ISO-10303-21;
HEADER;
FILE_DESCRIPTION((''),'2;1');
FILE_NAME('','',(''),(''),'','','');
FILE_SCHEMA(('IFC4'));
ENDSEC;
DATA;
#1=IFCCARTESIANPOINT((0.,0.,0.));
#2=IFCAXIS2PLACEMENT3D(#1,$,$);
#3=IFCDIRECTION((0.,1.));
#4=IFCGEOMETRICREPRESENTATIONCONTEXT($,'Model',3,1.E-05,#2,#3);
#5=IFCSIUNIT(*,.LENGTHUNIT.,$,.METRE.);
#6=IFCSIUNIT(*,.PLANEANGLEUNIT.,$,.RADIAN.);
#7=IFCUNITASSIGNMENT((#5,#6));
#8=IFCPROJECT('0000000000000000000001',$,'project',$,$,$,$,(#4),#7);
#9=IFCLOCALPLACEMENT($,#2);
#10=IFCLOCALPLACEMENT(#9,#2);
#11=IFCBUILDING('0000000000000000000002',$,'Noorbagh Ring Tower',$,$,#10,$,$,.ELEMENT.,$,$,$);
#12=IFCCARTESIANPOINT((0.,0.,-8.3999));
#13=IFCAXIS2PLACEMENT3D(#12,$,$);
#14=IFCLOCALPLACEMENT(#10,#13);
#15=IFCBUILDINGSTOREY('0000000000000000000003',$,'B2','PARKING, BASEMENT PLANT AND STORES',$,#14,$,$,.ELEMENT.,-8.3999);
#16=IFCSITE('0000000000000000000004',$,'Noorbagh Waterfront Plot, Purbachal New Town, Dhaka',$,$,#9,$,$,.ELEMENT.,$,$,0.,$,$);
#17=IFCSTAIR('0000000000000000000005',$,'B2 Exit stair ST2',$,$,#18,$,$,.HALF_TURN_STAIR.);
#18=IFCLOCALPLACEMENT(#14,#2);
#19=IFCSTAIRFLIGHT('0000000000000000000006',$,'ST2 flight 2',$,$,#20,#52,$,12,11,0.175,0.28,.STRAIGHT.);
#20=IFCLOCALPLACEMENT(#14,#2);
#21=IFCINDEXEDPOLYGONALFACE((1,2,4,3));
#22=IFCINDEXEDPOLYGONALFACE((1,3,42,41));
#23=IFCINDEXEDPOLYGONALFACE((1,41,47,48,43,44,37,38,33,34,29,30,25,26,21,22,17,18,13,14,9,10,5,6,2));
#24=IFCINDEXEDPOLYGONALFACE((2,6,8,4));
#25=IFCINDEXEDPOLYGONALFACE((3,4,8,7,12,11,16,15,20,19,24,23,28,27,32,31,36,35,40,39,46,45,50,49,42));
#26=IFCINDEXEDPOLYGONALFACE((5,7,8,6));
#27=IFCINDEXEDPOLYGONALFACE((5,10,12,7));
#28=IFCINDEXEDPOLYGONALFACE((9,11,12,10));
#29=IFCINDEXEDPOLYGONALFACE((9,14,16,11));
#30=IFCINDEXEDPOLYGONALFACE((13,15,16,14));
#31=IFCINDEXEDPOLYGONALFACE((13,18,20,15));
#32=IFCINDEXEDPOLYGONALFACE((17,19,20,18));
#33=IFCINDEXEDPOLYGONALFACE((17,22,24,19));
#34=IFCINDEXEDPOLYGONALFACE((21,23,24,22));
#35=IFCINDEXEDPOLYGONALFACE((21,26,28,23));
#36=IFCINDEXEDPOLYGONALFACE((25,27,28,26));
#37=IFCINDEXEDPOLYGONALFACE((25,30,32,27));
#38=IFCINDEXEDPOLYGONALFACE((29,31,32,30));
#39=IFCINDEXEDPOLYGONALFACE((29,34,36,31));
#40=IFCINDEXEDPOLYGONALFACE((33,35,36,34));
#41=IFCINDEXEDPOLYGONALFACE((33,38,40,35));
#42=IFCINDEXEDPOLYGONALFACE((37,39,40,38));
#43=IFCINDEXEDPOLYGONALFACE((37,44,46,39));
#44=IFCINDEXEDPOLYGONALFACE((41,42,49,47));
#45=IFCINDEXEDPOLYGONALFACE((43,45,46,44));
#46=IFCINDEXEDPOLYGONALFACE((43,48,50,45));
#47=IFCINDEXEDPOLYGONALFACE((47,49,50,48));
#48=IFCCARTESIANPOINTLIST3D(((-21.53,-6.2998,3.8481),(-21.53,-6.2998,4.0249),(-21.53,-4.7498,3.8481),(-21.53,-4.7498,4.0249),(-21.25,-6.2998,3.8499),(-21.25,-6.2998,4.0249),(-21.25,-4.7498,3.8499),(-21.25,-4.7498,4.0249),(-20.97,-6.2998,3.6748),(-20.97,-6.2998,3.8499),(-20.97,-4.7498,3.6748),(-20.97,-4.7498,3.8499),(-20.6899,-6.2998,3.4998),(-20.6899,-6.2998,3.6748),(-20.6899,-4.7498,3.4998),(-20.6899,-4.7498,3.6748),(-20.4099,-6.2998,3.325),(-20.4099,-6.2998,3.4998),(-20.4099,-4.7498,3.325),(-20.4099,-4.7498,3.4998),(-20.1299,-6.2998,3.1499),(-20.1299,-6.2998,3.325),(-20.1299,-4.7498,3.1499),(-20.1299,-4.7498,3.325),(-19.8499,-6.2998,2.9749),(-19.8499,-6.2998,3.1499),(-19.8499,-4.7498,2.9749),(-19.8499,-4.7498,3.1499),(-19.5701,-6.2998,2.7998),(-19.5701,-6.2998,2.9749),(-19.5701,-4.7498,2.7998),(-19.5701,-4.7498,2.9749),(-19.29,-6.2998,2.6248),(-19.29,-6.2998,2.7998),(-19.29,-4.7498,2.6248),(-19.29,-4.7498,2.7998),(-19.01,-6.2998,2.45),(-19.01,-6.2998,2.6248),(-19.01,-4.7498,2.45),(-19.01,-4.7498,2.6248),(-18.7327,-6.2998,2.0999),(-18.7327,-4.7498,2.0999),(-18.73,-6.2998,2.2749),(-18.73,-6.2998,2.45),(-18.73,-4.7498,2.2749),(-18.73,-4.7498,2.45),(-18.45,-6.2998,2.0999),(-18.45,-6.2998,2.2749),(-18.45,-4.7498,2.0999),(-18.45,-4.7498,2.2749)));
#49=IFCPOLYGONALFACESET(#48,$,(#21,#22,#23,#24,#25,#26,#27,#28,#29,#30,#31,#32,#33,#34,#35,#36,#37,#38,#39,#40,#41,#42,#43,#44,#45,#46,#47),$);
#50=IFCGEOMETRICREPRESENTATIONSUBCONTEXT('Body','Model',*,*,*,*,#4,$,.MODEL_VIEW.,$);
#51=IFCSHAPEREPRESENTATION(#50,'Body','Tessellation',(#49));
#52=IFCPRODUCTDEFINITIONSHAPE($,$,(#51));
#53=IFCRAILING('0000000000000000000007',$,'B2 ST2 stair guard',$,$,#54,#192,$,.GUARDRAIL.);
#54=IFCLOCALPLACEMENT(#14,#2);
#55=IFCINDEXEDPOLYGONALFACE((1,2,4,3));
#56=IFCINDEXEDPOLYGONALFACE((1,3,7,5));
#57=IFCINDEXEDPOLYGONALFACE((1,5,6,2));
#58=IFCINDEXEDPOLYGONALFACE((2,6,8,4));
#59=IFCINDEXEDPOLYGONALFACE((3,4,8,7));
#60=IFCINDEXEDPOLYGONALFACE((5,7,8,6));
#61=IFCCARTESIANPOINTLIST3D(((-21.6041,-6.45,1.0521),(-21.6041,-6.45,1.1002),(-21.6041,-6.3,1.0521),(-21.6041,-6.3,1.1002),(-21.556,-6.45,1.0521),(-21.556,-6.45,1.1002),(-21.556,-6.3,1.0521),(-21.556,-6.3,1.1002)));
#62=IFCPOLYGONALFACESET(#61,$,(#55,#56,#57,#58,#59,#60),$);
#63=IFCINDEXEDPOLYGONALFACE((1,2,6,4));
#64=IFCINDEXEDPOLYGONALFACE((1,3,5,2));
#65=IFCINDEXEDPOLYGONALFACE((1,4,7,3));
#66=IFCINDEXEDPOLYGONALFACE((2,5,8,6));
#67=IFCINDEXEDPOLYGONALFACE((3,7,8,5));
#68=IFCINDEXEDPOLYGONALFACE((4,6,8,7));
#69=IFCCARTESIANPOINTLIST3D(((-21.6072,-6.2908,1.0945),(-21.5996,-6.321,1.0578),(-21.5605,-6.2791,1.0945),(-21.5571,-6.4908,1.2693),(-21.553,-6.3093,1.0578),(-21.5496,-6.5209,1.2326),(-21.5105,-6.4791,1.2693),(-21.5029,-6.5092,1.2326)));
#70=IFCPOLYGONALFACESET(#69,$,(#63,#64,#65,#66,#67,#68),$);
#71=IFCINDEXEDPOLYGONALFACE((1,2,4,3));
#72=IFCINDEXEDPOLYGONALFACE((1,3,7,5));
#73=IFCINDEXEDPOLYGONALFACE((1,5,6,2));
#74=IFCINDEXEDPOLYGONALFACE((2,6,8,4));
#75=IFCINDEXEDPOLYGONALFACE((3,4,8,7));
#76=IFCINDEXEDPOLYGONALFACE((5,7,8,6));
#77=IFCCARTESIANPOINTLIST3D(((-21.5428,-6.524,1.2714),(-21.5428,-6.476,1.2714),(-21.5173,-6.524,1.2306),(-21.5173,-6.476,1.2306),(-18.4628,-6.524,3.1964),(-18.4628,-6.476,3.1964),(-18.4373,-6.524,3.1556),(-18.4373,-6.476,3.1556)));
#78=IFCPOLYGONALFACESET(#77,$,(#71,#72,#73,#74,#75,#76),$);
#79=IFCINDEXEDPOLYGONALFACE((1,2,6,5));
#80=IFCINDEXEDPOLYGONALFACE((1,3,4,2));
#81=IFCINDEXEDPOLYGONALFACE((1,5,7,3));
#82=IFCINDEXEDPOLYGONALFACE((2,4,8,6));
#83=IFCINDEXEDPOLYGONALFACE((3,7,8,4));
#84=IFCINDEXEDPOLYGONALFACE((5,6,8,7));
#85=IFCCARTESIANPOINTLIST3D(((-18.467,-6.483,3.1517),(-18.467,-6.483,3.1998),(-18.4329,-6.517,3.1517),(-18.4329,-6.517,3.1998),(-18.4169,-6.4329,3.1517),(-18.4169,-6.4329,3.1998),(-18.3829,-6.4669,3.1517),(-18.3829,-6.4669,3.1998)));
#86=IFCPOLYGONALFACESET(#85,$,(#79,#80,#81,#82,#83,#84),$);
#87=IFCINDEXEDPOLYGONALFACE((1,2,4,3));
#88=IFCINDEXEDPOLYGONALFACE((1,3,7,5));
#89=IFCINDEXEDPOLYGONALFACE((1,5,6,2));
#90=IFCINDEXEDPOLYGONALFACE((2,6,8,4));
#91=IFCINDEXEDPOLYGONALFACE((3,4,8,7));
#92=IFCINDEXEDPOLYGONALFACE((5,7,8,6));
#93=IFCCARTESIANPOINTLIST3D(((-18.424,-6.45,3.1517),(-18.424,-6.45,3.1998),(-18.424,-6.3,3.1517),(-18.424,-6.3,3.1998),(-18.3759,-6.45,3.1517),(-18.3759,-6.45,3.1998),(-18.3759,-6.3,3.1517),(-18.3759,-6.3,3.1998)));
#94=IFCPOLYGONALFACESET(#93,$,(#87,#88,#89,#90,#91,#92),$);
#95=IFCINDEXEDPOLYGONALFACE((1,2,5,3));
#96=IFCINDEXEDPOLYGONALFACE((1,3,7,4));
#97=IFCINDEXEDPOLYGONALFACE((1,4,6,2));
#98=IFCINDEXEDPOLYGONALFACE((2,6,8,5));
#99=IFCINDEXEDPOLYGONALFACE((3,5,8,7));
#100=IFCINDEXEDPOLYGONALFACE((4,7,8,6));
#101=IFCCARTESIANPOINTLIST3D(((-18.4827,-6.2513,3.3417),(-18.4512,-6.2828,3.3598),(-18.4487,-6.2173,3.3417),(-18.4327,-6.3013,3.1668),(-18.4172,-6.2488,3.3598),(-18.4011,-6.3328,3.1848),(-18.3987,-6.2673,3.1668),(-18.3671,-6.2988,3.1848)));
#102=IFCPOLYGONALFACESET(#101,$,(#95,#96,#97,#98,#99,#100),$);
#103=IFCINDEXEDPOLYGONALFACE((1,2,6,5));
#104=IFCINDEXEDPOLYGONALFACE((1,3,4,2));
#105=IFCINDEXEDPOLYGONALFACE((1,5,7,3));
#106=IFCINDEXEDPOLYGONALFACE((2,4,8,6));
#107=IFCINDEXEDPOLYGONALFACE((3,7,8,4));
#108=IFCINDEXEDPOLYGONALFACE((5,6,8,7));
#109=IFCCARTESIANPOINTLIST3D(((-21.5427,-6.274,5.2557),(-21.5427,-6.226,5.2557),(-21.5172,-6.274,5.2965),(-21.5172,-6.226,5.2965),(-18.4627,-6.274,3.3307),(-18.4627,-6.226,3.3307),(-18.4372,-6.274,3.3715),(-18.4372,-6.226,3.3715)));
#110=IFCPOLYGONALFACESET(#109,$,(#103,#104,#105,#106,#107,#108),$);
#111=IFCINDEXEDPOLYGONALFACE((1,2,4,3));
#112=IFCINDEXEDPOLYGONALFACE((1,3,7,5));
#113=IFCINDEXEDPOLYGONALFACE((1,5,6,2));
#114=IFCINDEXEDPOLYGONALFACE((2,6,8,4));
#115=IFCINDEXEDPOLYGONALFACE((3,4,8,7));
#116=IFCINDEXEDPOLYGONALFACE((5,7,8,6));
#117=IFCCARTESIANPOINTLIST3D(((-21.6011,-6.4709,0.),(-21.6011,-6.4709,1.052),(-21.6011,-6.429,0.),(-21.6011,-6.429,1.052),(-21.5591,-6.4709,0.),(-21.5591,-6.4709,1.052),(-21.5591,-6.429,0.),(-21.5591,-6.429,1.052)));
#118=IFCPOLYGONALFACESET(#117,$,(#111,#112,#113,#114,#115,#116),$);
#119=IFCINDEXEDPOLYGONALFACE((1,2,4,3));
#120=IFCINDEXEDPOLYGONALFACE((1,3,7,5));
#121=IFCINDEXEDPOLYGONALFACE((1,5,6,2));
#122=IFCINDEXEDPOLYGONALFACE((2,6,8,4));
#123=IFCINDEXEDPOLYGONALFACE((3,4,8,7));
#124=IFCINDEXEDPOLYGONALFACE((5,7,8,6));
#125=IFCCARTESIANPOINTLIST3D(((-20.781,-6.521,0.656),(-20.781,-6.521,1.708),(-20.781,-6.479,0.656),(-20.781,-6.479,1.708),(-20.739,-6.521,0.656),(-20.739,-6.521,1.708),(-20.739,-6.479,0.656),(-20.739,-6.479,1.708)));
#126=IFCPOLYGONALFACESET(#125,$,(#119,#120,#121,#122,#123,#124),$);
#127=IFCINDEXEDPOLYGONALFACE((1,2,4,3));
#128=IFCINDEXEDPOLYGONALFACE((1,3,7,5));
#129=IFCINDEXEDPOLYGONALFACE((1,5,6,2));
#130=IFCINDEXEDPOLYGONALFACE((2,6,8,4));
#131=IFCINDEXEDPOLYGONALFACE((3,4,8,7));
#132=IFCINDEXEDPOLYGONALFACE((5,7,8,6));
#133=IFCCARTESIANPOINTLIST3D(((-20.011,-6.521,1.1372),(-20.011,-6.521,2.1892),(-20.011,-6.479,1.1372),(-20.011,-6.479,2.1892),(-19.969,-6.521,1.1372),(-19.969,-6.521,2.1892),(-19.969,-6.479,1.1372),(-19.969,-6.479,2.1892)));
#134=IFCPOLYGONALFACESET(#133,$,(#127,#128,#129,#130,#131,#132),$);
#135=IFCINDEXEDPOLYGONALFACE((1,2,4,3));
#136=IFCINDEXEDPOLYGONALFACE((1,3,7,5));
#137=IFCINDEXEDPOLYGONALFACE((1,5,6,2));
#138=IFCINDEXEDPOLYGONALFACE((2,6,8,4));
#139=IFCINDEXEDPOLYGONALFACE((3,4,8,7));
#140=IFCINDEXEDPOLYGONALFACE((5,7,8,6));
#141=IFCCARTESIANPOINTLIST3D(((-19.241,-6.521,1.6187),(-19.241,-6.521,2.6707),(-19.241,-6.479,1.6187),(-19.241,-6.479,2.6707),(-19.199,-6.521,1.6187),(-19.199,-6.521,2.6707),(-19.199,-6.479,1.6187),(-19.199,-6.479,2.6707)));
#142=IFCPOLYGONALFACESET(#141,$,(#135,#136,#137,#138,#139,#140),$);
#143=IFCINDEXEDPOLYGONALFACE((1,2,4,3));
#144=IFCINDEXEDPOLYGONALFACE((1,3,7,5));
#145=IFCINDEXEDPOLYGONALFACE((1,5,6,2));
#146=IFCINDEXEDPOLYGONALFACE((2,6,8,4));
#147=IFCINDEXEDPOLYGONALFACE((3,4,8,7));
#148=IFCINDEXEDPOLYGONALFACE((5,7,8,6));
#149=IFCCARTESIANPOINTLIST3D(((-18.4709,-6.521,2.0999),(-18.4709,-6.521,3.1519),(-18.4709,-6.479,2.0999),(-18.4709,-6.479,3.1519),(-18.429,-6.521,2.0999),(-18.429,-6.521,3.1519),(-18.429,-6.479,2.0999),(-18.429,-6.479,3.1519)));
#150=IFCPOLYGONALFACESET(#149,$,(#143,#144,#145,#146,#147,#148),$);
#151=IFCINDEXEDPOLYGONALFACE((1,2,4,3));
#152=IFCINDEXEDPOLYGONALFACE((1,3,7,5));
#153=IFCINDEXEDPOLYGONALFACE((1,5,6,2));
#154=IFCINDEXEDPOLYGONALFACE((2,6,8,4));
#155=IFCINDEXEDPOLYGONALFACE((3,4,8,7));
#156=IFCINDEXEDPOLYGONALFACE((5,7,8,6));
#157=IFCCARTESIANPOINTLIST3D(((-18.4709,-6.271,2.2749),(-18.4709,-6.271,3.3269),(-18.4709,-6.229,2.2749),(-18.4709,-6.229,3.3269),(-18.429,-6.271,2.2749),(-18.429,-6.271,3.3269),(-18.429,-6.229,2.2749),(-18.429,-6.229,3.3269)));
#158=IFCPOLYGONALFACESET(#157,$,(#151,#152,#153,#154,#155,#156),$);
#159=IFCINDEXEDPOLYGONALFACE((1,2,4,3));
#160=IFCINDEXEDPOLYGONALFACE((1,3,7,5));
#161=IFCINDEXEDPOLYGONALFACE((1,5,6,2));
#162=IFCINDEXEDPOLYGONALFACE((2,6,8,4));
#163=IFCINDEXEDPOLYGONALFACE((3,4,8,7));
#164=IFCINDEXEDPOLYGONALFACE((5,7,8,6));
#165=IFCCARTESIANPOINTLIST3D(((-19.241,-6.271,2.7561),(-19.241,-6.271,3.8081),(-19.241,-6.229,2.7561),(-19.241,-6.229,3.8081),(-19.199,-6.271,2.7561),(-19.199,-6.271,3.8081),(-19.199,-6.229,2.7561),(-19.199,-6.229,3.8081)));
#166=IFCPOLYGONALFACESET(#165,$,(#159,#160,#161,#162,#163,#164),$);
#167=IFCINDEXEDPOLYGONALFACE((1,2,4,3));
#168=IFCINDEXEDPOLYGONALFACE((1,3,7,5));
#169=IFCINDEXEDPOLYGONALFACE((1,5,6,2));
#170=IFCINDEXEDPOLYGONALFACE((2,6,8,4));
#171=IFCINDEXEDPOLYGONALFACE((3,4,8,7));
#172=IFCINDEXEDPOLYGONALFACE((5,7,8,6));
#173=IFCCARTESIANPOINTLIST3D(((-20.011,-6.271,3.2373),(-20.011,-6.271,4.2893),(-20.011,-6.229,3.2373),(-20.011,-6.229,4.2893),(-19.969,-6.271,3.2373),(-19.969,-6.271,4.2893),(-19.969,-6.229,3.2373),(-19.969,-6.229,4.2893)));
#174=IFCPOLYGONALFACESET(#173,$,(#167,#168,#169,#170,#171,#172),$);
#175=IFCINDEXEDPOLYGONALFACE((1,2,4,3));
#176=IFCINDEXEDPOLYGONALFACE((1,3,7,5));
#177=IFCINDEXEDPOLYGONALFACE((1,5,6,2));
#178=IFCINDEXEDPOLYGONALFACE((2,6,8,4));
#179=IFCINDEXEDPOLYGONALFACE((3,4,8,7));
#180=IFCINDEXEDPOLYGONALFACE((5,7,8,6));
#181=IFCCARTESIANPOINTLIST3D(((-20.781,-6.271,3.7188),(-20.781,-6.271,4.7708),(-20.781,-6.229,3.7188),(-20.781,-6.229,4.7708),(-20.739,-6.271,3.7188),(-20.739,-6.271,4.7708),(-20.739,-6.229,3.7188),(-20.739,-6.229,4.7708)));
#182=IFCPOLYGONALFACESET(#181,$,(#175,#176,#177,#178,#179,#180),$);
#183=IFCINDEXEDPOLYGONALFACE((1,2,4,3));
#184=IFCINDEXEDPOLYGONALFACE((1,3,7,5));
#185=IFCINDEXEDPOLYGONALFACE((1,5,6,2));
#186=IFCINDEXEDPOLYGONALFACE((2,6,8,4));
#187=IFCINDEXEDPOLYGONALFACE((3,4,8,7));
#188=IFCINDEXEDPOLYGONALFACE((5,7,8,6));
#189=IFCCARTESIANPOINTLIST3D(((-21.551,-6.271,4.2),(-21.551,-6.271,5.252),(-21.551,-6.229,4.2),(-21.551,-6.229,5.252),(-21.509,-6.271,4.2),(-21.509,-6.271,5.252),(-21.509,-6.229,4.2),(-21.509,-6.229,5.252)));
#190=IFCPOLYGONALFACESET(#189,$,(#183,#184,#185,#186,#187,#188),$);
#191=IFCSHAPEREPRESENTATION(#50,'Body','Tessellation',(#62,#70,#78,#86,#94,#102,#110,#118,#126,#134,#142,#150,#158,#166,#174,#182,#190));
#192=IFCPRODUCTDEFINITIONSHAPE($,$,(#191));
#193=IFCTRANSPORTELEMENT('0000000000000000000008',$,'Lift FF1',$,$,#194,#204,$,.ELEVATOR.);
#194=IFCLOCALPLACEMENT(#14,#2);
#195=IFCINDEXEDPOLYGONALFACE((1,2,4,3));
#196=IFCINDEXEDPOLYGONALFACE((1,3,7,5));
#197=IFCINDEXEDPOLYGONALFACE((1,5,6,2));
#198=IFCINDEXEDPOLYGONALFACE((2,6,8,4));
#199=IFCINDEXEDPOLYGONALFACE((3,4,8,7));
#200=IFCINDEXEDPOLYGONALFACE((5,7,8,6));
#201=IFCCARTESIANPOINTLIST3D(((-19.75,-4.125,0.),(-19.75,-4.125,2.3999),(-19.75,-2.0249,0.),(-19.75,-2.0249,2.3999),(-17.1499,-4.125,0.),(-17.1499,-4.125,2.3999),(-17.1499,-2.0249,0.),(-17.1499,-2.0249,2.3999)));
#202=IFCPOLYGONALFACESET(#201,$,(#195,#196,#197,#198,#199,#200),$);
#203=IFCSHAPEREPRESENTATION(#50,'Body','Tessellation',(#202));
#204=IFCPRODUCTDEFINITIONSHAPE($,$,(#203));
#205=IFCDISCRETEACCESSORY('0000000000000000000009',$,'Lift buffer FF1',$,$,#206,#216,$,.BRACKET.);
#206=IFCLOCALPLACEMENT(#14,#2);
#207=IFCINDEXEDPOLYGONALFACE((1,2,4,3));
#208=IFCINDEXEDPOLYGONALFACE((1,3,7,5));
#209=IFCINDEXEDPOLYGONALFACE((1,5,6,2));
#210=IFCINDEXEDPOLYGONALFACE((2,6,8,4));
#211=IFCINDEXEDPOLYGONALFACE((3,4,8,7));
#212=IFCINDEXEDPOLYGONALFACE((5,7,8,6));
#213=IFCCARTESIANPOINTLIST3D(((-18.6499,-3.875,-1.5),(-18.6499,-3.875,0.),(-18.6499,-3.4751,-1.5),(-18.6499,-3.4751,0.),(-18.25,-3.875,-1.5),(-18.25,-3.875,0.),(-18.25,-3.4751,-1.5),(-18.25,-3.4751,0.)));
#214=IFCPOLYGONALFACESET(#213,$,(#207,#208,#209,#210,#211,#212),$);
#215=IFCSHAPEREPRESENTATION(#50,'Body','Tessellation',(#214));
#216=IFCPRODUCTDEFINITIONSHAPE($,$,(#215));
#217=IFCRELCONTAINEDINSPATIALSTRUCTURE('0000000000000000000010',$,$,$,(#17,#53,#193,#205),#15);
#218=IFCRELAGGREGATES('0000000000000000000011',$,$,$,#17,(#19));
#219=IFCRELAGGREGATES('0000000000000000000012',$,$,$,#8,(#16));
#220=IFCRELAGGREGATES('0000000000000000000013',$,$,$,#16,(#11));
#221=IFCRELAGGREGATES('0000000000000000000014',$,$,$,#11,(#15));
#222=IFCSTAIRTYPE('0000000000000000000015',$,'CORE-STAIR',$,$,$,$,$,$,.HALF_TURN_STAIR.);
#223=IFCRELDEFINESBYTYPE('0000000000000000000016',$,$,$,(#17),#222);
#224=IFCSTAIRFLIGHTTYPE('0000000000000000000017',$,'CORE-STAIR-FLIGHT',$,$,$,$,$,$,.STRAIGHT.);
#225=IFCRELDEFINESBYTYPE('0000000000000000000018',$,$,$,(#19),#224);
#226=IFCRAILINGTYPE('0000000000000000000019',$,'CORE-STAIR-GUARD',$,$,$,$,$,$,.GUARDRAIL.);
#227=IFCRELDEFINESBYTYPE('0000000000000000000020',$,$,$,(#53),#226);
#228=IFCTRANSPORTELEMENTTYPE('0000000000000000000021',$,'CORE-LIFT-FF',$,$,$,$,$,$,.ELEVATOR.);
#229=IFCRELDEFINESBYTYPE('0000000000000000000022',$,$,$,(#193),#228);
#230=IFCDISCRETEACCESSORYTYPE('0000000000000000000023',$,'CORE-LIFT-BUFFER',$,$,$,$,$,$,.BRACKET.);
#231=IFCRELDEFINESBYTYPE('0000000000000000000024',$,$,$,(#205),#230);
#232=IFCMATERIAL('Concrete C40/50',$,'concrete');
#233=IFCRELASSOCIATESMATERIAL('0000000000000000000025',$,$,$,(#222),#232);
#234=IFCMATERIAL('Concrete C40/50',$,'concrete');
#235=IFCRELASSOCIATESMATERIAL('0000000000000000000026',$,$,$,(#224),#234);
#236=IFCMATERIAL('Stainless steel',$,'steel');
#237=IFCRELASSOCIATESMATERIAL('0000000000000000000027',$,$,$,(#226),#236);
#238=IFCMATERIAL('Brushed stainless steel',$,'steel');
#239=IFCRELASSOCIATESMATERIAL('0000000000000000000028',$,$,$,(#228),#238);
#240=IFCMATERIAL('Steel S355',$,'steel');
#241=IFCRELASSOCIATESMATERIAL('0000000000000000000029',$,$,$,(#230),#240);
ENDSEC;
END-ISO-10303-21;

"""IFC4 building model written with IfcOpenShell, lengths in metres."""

from ifc_helpers import new_model, si_unit, direction, frame, origin, origin_2d, place, context, subcontext, project, spatial, polyline, rectangle, outline, extrude, material, type_object, element, aggregate, save


model = new_model("IFC4")

# Units and contexts
model_context = context("Model", 3, precision=1e-05, world=origin(), true_north=direction((0.0, 1.0)))
body_context = subcontext(model_context, "Body", "Model", "MODEL_VIEW")
ifc_project = project(units=[si_unit("LENGTHUNIT", "METRE"), si_unit("PLANEANGLEUNIT", "RADIAN")], contexts=[model_context])

# Site, building, storey
site_placement = place(None, origin())
site = spatial("IfcSite", under=ifc_project, at=site_placement, Name="Noorbagh Waterfront Plot, Purbachal New Town, Dhaka", CompositionType="ELEMENT", RefElevation=0.0)
building_placement = place(site_placement, origin())
building = spatial("IfcBuilding", under=site, at=building_placement, Name="Noorbagh Ring Tower", CompositionType="ELEMENT")
storey_placement = place(building_placement, frame((0.0, 0.0, -8.3999)))
storey = spatial("IfcBuildingStorey", under=building, at=storey_placement, Name="B2", Description="PARKING, BASEMENT PLANT AND STORES", CompositionType="ELEMENT", Elevation=-8.3999)

# Stair, stair flight
ifc_material_1 = material(Name="Concrete C40/50", Category="concrete")
stair_type = type_object("IfcStairType", Name="CORE-STAIR", PredefinedType="HALF_TURN_STAIR", material=ifc_material_1)
stair_placement = place(storey_placement, origin())
stair = element("IfcStair", 1, at=stair_placement, inside=storey, type_object=stair_type, Name="B2 Exit stair ST2", PredefinedType="HALF_TURN_STAIR")
ifc_material_2 = material(Name="Concrete C40/50", Category="concrete")
stair_flight_type = type_object("IfcStairFlightType", Name="CORE-STAIR-FLIGHT", PredefinedType="STRAIGHT", material=ifc_material_2)
stair_flight_placement = place(storey_placement, frame((-18.45, -5.5249, 2.0999), z_axis=(0.0, 0.0, 1.0), x_axis=(-1.0, 0.0, 0.0)))
stair_flight = element("IfcStairFlight", 2, at=stair_flight_placement, type_object=stair_flight_type, Name="ST2 flight 2", NumberOfRisers=12, NumberOfTreads=11, PredefinedType="STRAIGHT", RiserHeight=0.175, TreadLength=0.28, context=body_context, shape_type="SweptSolid", body=[
    extrude(outline(polyline([(0.0, 0.0), (0.0, 0.175), (0.28, 0.175), (0.28, 0.3501), (0.5601, 0.3501), (0.5601, 0.5249), (0.8401, 0.5249), (0.8401, 0.7), (1.1201, 0.7), (1.1201, 0.875), (1.3999, 0.875), (1.3999, 1.05), (1.6799, 1.05), (1.6799, 1.2251), (1.96, 1.2251), (1.96, 1.3999), (2.24, 1.3999), (2.24, 1.575), (2.52, 1.575), (2.52, 1.75), (2.8, 1.75), (2.8, 1.925), (3.0801, 1.925), (3.0801, 2.1001), (3.0801, 1.7483), (0.2827, 0.0), (0.0, 0.0)])), frame((0.0, 0.7749, 0.0), z_axis=(0.0, -1.0, 0.0), x_axis=(1.0, 0.0, 0.0)), (0.0, 0.0, 1.0), 1.55),
])
aggregate(stair, [stair_flight])

# Railing
ifc_material_3 = material(Name="Stainless steel", Category="steel")
railing_type = type_object("IfcRailingType", Name="CORE-STAIR-GUARD", PredefinedType="GUARDRAIL", material=ifc_material_3)
railing_placement = place(storey_placement, frame((-21.5801, -6.45, 0.0)))
element("IfcRailing", 3, at=railing_placement, inside=storey, type_object=railing_type, Name="B2 ST2 stair guard", PredefinedType="GUARDRAIL", context=body_context, shape_type="SweptSolid", body=[
    extrude(rectangle(XDim=0.0481, YDim=0.0481, at=origin_2d()), frame((0.0, 0.0, 1.0762), z_axis=(0.0, 1.0, 0.0), x_axis=(-1.0, 0.0, 0.0)), (0.0, 0.0, 1.0), 0.1499),
    extrude(rectangle(XDim=0.0481, YDim=0.0481, at=origin_2d()), frame((0.0, 0.1499, 1.0762), z_axis=(0.185186, -0.73984, 0.646795), x_axis=(0.970073, 0.242814, 0.0)), (0.0, 0.0, 1.0), 0.2703),
    extrude(rectangle(XDim=0.0481, YDim=0.0481, at=origin_2d()), frame((0.05, -0.05, 1.251), z_axis=(0.847998, 0.0, 0.529999), x_axis=(0.0, 1.0, 0.0)), (0.0, 0.0, 1.0), 3.6321),
    extrude(rectangle(XDim=0.0481, YDim=0.0481, at=origin_2d()), frame((3.1301, -0.05, 3.1758), z_axis=(0.707107, 0.707107, 0.0), x_axis=(-0.707107, 0.707107, 0.0)), (0.0, 0.0, 1.0), 0.0708),
    extrude(rectangle(XDim=0.0481, YDim=0.0481, at=origin_2d()), frame((3.1802, 0.0, 3.1758), z_axis=(0.0, 1.0, 0.0), x_axis=(-1.0, 0.0, 0.0)), (0.0, 0.0, 1.0), 0.1499),
    extrude(rectangle(XDim=0.0481, YDim=0.0481, at=origin_2d()), frame((3.1802, 0.1499, 3.1758), z_axis=(-0.265065, 0.265065, 0.927082), x_axis=(-0.707107, -0.707107, 0.0)), (0.0, 0.0, 1.0), 0.1887),
    extrude(rectangle(XDim=0.0481, YDim=0.0481, at=origin_2d()), frame((3.1301, 0.2, 3.3511), z_axis=(-0.847998, 0.0, 0.529999), x_axis=(0.0, -1.0, 0.0)), (0.0, 0.0, 1.0), 3.6321),
    extrude(rectangle(XDim=0.042, YDim=0.042, at=origin_2d()), origin(), (0.0, 0.0, 1.0), 1.052),
    extrude(rectangle(XDim=0.042, YDim=0.042, at=origin_2d()), frame((0.8201, -0.05, 0.656)), (0.0, 0.0, 1.0), 1.052),
    extrude(rectangle(XDim=0.042, YDim=0.042, at=origin_2d()), frame((1.5901, -0.05, 1.1372)), (0.0, 0.0, 1.0), 1.052),
    extrude(rectangle(XDim=0.042, YDim=0.042, at=origin_2d()), frame((2.3601, -0.05, 1.6187)), (0.0, 0.0, 1.0), 1.052),
    extrude(rectangle(XDim=0.042, YDim=0.042, at=origin_2d()), frame((3.1301, -0.05, 2.0999)), (0.0, 0.0, 1.0), 1.052),
    extrude(rectangle(XDim=0.042, YDim=0.042, at=origin_2d()), frame((3.1301, 0.2, 2.2749)), (0.0, 0.0, 1.0), 1.052),
    extrude(rectangle(XDim=0.042, YDim=0.042, at=origin_2d()), frame((2.3601, 0.2, 2.7561)), (0.0, 0.0, 1.0), 1.052),
    extrude(rectangle(XDim=0.042, YDim=0.042, at=origin_2d()), frame((1.5901, 0.2, 3.2373)), (0.0, 0.0, 1.0), 1.052),
    extrude(rectangle(XDim=0.042, YDim=0.042, at=origin_2d()), frame((0.8201, 0.2, 3.7188)), (0.0, 0.0, 1.0), 1.052),
    extrude(rectangle(XDim=0.042, YDim=0.042, at=origin_2d()), frame((0.05, 0.2, 4.2)), (0.0, 0.0, 1.0), 1.052),
])

# Transport element
ifc_material_4 = material(Name="Brushed stainless steel", Category="steel")
transport_element_type = type_object("IfcTransportElementType", Name="CORE-LIFT-FF", PredefinedType="ELEVATOR", material=ifc_material_4)
transport_element_placement = place(storey_placement, frame((-18.45, -3.075, 0.0), z_axis=(0.0, 0.0, 1.0), x_axis=(1.0, 0.0, 0.0)))
element("IfcTransportElement", 4, at=transport_element_placement, inside=storey, type_object=transport_element_type, Name="Lift FF1", PredefinedType="ELEVATOR", context=body_context, shape_type="SweptSolid", body=[
    extrude(rectangle(XDim=2.6001, YDim=2.1001, at=origin_2d()), origin(), (0.0, 0.0, 1.0), 2.3999),
])

# Discrete accessory
ifc_material_5 = material(Name="Steel S355", Category="steel")
discrete_accessory_type = type_object("IfcDiscreteAccessoryType", Name="CORE-LIFT-BUFFER", PredefinedType="BRACKET", material=ifc_material_5)
for number, where, z_axis, x_axis, name in (
    (5, (-18.45, -3.675, -1.5), (0.0, 0.0, 1.0), (1.0, 0.0, 0.0), "Lift buffer FF1"),
):
    element("IfcDiscreteAccessory", number, at=place(storey_placement, frame(where, z_axis=z_axis, x_axis=x_axis)), inside=storey, type_object=discrete_accessory_type, Name=name, PredefinedType="BRACKET", context=body_context, shape_type="SweptSolid", body=[
        extrude(rectangle(XDim=0.3999, YDim=0.3999, at=origin_2d()), origin(), (0.0, 0.0, 1.0), 1.5),
    ])

save(model, "model.ifc")
